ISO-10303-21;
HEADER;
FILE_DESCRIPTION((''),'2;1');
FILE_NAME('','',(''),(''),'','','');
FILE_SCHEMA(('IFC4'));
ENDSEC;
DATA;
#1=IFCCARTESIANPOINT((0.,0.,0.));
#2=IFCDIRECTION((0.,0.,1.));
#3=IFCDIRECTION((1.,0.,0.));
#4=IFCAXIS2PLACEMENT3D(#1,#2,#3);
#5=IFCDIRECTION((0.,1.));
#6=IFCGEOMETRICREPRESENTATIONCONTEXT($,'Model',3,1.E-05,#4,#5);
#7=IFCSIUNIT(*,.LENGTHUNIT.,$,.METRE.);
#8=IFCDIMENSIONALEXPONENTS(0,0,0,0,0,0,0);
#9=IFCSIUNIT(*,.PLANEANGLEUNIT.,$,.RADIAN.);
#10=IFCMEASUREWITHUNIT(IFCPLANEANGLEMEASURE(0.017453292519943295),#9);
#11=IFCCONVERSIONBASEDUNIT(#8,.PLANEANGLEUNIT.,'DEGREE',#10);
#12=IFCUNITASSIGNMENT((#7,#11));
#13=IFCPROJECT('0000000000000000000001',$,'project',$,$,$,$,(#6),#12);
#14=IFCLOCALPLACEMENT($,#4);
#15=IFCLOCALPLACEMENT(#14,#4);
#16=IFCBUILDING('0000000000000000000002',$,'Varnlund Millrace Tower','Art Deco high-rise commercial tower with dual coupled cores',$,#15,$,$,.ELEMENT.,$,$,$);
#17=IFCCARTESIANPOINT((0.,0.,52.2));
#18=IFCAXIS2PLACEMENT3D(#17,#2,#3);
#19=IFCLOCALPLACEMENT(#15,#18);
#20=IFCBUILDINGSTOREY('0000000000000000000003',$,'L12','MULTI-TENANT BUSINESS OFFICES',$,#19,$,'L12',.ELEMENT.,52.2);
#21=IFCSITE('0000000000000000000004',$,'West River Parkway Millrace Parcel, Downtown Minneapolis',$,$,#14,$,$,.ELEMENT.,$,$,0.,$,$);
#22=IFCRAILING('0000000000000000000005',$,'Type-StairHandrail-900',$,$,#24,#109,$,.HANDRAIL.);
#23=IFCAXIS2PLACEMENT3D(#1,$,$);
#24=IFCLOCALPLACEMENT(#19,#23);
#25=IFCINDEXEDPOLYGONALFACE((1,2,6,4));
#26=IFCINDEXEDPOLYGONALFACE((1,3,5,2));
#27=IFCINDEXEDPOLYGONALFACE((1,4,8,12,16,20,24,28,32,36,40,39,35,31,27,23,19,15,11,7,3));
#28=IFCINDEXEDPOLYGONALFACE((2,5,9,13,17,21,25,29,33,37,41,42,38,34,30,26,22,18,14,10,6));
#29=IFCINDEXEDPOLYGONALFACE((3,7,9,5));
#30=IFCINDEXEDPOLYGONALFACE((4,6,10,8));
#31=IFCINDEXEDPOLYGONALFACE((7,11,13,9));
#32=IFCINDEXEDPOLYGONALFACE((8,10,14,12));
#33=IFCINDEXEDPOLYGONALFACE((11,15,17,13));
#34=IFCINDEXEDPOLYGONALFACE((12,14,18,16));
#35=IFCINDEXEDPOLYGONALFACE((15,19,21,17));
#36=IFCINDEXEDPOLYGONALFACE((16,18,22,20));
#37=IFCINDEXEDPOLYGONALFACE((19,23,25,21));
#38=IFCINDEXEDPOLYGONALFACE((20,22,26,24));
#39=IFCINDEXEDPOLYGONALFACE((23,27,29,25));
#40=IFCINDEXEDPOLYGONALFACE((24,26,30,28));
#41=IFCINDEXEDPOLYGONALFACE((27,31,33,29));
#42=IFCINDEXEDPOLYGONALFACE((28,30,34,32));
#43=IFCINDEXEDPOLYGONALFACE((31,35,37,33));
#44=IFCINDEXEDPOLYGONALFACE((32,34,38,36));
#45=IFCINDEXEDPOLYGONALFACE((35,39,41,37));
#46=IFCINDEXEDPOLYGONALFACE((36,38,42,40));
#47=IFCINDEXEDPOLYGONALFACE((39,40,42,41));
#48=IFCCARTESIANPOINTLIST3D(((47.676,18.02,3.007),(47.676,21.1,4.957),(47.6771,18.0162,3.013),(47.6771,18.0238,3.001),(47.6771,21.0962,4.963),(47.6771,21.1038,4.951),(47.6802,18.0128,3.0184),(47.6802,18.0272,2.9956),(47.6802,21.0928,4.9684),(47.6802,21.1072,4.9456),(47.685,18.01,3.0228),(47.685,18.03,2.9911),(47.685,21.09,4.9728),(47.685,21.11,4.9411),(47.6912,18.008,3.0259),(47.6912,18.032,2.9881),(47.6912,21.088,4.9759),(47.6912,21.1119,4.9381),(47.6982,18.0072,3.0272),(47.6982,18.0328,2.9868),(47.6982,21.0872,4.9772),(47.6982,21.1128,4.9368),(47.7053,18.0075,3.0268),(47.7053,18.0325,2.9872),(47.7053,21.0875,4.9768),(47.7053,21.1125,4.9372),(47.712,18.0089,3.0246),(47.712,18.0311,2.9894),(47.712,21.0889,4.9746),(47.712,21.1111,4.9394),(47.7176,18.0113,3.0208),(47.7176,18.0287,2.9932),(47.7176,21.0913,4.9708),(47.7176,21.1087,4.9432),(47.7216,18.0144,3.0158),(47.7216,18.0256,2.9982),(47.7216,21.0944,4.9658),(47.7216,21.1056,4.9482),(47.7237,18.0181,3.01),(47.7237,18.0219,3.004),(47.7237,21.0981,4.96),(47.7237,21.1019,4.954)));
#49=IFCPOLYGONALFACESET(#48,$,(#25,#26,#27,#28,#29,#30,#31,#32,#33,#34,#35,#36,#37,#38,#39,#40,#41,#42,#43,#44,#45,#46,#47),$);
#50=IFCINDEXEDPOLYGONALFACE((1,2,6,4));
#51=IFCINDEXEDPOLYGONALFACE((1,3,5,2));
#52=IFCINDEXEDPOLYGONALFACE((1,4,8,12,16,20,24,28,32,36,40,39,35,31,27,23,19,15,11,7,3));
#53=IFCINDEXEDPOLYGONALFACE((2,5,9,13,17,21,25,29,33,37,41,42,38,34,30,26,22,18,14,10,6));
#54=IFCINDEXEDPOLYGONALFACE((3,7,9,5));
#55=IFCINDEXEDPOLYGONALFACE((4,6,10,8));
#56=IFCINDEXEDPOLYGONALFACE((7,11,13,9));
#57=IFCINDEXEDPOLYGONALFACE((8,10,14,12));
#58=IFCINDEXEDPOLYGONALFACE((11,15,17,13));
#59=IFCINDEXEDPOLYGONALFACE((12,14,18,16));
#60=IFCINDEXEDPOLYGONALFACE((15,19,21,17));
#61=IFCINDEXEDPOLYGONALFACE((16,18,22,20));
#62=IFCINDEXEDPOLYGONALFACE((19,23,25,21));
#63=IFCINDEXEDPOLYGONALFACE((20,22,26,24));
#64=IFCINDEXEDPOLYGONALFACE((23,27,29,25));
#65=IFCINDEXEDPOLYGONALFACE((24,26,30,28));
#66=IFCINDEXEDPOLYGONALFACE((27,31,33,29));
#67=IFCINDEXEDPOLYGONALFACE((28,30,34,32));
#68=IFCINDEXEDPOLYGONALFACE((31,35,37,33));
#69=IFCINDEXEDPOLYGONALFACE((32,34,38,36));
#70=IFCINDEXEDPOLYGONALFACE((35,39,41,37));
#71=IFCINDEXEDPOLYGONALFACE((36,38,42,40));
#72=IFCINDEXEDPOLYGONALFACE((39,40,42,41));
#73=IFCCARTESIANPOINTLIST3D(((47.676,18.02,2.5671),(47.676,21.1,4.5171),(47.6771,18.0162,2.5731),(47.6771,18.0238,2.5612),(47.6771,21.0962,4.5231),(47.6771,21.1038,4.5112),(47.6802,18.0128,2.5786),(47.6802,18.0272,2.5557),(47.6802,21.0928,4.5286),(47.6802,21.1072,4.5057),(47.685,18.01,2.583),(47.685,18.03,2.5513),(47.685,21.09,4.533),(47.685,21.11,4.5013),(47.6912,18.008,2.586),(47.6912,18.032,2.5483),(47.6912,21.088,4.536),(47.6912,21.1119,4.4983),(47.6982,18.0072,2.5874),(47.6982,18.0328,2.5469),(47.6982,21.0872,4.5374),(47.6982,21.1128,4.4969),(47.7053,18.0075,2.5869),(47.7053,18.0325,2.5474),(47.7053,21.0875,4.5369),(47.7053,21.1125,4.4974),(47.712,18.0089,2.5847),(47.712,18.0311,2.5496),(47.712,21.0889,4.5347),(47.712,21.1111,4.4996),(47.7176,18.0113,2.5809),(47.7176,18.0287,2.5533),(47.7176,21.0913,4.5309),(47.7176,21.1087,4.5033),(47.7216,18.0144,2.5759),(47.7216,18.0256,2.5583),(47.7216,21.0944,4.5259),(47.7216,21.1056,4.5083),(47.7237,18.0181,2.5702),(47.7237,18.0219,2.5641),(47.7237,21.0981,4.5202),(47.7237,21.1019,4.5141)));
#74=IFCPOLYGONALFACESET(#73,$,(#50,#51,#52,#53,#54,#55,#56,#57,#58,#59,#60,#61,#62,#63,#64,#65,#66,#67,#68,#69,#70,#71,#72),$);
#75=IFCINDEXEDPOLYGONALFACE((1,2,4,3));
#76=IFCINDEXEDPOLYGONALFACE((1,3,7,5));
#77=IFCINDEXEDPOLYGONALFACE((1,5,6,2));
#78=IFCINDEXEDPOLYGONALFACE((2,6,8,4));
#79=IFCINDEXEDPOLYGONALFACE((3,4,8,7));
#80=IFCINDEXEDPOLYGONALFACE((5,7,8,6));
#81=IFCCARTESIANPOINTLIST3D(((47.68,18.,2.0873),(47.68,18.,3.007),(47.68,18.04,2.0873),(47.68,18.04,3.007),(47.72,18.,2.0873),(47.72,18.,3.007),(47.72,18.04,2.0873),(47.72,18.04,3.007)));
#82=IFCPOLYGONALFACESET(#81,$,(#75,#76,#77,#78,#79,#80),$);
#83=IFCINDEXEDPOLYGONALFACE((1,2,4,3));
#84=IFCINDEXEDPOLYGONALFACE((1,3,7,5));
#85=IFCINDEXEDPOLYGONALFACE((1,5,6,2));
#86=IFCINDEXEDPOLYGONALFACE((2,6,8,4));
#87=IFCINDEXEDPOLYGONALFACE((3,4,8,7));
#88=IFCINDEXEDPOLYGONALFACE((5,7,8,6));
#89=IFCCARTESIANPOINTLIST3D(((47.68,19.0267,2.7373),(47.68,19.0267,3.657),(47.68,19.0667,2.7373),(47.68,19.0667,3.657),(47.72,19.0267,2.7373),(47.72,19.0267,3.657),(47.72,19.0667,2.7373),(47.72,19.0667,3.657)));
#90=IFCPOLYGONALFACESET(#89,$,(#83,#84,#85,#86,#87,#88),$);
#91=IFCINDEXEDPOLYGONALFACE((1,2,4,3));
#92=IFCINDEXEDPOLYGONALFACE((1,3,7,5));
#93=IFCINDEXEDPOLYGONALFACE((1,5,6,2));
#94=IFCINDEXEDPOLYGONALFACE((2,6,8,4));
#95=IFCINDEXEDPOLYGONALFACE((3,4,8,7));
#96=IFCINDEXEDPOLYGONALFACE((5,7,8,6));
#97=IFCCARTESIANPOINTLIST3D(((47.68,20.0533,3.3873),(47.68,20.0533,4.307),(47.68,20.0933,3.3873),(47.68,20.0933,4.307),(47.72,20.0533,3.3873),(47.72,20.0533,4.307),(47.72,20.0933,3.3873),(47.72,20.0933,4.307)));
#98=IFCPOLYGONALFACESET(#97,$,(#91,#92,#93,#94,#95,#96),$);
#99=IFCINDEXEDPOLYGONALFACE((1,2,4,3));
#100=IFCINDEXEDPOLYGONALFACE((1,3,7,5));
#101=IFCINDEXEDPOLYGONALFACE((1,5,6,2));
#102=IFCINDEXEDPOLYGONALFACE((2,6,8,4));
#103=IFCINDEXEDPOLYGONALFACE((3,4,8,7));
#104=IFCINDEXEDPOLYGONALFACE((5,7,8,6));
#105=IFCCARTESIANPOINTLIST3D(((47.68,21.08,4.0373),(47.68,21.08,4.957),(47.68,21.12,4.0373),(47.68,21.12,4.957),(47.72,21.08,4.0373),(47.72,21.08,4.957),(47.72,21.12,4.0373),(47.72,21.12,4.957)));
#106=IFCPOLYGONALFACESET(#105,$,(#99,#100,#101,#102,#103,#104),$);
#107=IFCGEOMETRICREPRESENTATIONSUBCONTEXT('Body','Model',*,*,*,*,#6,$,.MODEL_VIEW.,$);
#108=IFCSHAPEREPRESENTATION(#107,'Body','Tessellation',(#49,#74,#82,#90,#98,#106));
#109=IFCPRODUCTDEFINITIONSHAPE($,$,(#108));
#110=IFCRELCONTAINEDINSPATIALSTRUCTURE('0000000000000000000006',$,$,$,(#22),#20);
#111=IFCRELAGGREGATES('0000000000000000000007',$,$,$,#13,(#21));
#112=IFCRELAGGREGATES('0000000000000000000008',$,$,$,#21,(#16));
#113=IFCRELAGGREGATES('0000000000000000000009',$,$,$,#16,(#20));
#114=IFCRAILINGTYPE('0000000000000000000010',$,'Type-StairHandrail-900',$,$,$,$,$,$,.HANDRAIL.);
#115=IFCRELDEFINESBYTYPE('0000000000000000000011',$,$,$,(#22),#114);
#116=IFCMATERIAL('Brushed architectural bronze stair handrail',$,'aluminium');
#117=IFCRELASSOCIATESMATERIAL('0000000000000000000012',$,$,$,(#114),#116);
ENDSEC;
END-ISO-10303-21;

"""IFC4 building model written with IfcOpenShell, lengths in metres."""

from ifc_helpers import new_model, entity, si_unit, converted_unit, direction, frame, origin_with_axes, origin_2d_with_axis, place, context, subcontext, project, spatial, rectangle, circle, extrude, material, type_object, element, save


model = new_model("IFC4")

# Units and contexts
model_context = context("Model", 3, precision=1e-05, world=origin_with_axes(), true_north=direction((0.0, 1.0)))
body_context = subcontext(model_context, "Body", "Model", "MODEL_VIEW")
ifc_project = project(units=[si_unit("LENGTHUNIT", "METRE"), converted_unit("PLANEANGLEUNIT", "DEGREE", entity("IfcPlaneAngleMeasure", 0.017453292519943295), si_unit("PLANEANGLEUNIT", "RADIAN"), dimensions=[0, 0, 0, 0, 0, 0, 0])], contexts=[model_context])

# Site, building, storey
site_placement = place(None, origin_with_axes())
site = spatial("IfcSite", under=ifc_project, at=site_placement, Name="West River Parkway Millrace Parcel, Downtown Minneapolis", CompositionType="ELEMENT", RefElevation=0.0)
building_placement = place(site_placement, origin_with_axes())
building = spatial("IfcBuilding", under=site, at=building_placement, Name="Varnlund Millrace Tower", Description="Art Deco high-rise commercial tower with dual coupled cores", CompositionType="ELEMENT")
storey_placement = place(building_placement, frame((0.0, 0.0, 52.2), z_axis=(0.0, 0.0, 1.0), x_axis=(1.0, 0.0, 0.0)))
storey = spatial("IfcBuildingStorey", under=building, at=storey_placement, Name="L12", Description="MULTI-TENANT BUSINESS OFFICES", LongName="L12", CompositionType="ELEMENT", Elevation=52.2)

# Railing
ifc_material_1 = material(Name="Brushed architectural bronze stair handrail", Category="aluminium")
railing_type_1 = type_object("IfcRailingType", Name="Type-StairHandrail-900", PredefinedType="HANDRAIL", material=ifc_material_1)
railing_1_placement = place(storey_placement, frame((0.0, 0.0, -52.2), z_axis=(0.0, 0.0, 1.0), x_axis=(1.0, 0.0, 0.0)))
element("IfcRailing", 1, at=railing_1_placement, inside=storey, type_object=railing_type_1, Name="Type-StairHandrail-900", PredefinedType="HANDRAIL", context=body_context, shape_type="SweptSolid", body=[
    extrude(circle(Radius=0.024, at=origin_2d_with_axis()), frame((47.7, 18.02, 55.207), z_axis=(0.0, 0.844902, 0.534922), x_axis=(-1.0, 0.0, 0.0)), (0.0, 0.0, 1.0), 3.6454),
    extrude(circle(Radius=0.024, at=origin_2d_with_axis()), frame((47.7, 18.02, 54.7671), z_axis=(0.0, 0.844902, 0.534922), x_axis=(-1.0, 0.0, 0.0)), (0.0, 0.0, 1.0), 3.6454),
    extrude(rectangle(XDim=0.04, YDim=0.04, at=origin_2d_with_axis()), frame((47.7, 18.02, 54.2873), z_axis=(0.0, 0.0, 1.0), x_axis=(1.0, 0.0, 0.0)), (0.0, 0.0, 1.0), 0.9197),
    extrude(rectangle(XDim=0.04, YDim=0.04, at=origin_2d_with_axis()), frame((47.7, 19.0467, 54.9373), z_axis=(0.0, 0.0, 1.0), x_axis=(1.0, 0.0, 0.0)), (0.0, 0.0, 1.0), 0.9197),
    extrude(rectangle(XDim=0.04, YDim=0.04, at=origin_2d_with_axis()), frame((47.7, 20.0733, 55.5873), z_axis=(0.0, 0.0, 1.0), x_axis=(1.0, 0.0, 0.0)), (0.0, 0.0, 1.0), 0.9197),
    extrude(rectangle(XDim=0.04, YDim=0.04, at=origin_2d_with_axis()), frame((47.7, 21.1, 56.2373), z_axis=(0.0, 0.0, 1.0), x_axis=(1.0, 0.0, 0.0)), (0.0, 0.0, 1.0), 0.9197),
])

save(model, "model.ifc")
